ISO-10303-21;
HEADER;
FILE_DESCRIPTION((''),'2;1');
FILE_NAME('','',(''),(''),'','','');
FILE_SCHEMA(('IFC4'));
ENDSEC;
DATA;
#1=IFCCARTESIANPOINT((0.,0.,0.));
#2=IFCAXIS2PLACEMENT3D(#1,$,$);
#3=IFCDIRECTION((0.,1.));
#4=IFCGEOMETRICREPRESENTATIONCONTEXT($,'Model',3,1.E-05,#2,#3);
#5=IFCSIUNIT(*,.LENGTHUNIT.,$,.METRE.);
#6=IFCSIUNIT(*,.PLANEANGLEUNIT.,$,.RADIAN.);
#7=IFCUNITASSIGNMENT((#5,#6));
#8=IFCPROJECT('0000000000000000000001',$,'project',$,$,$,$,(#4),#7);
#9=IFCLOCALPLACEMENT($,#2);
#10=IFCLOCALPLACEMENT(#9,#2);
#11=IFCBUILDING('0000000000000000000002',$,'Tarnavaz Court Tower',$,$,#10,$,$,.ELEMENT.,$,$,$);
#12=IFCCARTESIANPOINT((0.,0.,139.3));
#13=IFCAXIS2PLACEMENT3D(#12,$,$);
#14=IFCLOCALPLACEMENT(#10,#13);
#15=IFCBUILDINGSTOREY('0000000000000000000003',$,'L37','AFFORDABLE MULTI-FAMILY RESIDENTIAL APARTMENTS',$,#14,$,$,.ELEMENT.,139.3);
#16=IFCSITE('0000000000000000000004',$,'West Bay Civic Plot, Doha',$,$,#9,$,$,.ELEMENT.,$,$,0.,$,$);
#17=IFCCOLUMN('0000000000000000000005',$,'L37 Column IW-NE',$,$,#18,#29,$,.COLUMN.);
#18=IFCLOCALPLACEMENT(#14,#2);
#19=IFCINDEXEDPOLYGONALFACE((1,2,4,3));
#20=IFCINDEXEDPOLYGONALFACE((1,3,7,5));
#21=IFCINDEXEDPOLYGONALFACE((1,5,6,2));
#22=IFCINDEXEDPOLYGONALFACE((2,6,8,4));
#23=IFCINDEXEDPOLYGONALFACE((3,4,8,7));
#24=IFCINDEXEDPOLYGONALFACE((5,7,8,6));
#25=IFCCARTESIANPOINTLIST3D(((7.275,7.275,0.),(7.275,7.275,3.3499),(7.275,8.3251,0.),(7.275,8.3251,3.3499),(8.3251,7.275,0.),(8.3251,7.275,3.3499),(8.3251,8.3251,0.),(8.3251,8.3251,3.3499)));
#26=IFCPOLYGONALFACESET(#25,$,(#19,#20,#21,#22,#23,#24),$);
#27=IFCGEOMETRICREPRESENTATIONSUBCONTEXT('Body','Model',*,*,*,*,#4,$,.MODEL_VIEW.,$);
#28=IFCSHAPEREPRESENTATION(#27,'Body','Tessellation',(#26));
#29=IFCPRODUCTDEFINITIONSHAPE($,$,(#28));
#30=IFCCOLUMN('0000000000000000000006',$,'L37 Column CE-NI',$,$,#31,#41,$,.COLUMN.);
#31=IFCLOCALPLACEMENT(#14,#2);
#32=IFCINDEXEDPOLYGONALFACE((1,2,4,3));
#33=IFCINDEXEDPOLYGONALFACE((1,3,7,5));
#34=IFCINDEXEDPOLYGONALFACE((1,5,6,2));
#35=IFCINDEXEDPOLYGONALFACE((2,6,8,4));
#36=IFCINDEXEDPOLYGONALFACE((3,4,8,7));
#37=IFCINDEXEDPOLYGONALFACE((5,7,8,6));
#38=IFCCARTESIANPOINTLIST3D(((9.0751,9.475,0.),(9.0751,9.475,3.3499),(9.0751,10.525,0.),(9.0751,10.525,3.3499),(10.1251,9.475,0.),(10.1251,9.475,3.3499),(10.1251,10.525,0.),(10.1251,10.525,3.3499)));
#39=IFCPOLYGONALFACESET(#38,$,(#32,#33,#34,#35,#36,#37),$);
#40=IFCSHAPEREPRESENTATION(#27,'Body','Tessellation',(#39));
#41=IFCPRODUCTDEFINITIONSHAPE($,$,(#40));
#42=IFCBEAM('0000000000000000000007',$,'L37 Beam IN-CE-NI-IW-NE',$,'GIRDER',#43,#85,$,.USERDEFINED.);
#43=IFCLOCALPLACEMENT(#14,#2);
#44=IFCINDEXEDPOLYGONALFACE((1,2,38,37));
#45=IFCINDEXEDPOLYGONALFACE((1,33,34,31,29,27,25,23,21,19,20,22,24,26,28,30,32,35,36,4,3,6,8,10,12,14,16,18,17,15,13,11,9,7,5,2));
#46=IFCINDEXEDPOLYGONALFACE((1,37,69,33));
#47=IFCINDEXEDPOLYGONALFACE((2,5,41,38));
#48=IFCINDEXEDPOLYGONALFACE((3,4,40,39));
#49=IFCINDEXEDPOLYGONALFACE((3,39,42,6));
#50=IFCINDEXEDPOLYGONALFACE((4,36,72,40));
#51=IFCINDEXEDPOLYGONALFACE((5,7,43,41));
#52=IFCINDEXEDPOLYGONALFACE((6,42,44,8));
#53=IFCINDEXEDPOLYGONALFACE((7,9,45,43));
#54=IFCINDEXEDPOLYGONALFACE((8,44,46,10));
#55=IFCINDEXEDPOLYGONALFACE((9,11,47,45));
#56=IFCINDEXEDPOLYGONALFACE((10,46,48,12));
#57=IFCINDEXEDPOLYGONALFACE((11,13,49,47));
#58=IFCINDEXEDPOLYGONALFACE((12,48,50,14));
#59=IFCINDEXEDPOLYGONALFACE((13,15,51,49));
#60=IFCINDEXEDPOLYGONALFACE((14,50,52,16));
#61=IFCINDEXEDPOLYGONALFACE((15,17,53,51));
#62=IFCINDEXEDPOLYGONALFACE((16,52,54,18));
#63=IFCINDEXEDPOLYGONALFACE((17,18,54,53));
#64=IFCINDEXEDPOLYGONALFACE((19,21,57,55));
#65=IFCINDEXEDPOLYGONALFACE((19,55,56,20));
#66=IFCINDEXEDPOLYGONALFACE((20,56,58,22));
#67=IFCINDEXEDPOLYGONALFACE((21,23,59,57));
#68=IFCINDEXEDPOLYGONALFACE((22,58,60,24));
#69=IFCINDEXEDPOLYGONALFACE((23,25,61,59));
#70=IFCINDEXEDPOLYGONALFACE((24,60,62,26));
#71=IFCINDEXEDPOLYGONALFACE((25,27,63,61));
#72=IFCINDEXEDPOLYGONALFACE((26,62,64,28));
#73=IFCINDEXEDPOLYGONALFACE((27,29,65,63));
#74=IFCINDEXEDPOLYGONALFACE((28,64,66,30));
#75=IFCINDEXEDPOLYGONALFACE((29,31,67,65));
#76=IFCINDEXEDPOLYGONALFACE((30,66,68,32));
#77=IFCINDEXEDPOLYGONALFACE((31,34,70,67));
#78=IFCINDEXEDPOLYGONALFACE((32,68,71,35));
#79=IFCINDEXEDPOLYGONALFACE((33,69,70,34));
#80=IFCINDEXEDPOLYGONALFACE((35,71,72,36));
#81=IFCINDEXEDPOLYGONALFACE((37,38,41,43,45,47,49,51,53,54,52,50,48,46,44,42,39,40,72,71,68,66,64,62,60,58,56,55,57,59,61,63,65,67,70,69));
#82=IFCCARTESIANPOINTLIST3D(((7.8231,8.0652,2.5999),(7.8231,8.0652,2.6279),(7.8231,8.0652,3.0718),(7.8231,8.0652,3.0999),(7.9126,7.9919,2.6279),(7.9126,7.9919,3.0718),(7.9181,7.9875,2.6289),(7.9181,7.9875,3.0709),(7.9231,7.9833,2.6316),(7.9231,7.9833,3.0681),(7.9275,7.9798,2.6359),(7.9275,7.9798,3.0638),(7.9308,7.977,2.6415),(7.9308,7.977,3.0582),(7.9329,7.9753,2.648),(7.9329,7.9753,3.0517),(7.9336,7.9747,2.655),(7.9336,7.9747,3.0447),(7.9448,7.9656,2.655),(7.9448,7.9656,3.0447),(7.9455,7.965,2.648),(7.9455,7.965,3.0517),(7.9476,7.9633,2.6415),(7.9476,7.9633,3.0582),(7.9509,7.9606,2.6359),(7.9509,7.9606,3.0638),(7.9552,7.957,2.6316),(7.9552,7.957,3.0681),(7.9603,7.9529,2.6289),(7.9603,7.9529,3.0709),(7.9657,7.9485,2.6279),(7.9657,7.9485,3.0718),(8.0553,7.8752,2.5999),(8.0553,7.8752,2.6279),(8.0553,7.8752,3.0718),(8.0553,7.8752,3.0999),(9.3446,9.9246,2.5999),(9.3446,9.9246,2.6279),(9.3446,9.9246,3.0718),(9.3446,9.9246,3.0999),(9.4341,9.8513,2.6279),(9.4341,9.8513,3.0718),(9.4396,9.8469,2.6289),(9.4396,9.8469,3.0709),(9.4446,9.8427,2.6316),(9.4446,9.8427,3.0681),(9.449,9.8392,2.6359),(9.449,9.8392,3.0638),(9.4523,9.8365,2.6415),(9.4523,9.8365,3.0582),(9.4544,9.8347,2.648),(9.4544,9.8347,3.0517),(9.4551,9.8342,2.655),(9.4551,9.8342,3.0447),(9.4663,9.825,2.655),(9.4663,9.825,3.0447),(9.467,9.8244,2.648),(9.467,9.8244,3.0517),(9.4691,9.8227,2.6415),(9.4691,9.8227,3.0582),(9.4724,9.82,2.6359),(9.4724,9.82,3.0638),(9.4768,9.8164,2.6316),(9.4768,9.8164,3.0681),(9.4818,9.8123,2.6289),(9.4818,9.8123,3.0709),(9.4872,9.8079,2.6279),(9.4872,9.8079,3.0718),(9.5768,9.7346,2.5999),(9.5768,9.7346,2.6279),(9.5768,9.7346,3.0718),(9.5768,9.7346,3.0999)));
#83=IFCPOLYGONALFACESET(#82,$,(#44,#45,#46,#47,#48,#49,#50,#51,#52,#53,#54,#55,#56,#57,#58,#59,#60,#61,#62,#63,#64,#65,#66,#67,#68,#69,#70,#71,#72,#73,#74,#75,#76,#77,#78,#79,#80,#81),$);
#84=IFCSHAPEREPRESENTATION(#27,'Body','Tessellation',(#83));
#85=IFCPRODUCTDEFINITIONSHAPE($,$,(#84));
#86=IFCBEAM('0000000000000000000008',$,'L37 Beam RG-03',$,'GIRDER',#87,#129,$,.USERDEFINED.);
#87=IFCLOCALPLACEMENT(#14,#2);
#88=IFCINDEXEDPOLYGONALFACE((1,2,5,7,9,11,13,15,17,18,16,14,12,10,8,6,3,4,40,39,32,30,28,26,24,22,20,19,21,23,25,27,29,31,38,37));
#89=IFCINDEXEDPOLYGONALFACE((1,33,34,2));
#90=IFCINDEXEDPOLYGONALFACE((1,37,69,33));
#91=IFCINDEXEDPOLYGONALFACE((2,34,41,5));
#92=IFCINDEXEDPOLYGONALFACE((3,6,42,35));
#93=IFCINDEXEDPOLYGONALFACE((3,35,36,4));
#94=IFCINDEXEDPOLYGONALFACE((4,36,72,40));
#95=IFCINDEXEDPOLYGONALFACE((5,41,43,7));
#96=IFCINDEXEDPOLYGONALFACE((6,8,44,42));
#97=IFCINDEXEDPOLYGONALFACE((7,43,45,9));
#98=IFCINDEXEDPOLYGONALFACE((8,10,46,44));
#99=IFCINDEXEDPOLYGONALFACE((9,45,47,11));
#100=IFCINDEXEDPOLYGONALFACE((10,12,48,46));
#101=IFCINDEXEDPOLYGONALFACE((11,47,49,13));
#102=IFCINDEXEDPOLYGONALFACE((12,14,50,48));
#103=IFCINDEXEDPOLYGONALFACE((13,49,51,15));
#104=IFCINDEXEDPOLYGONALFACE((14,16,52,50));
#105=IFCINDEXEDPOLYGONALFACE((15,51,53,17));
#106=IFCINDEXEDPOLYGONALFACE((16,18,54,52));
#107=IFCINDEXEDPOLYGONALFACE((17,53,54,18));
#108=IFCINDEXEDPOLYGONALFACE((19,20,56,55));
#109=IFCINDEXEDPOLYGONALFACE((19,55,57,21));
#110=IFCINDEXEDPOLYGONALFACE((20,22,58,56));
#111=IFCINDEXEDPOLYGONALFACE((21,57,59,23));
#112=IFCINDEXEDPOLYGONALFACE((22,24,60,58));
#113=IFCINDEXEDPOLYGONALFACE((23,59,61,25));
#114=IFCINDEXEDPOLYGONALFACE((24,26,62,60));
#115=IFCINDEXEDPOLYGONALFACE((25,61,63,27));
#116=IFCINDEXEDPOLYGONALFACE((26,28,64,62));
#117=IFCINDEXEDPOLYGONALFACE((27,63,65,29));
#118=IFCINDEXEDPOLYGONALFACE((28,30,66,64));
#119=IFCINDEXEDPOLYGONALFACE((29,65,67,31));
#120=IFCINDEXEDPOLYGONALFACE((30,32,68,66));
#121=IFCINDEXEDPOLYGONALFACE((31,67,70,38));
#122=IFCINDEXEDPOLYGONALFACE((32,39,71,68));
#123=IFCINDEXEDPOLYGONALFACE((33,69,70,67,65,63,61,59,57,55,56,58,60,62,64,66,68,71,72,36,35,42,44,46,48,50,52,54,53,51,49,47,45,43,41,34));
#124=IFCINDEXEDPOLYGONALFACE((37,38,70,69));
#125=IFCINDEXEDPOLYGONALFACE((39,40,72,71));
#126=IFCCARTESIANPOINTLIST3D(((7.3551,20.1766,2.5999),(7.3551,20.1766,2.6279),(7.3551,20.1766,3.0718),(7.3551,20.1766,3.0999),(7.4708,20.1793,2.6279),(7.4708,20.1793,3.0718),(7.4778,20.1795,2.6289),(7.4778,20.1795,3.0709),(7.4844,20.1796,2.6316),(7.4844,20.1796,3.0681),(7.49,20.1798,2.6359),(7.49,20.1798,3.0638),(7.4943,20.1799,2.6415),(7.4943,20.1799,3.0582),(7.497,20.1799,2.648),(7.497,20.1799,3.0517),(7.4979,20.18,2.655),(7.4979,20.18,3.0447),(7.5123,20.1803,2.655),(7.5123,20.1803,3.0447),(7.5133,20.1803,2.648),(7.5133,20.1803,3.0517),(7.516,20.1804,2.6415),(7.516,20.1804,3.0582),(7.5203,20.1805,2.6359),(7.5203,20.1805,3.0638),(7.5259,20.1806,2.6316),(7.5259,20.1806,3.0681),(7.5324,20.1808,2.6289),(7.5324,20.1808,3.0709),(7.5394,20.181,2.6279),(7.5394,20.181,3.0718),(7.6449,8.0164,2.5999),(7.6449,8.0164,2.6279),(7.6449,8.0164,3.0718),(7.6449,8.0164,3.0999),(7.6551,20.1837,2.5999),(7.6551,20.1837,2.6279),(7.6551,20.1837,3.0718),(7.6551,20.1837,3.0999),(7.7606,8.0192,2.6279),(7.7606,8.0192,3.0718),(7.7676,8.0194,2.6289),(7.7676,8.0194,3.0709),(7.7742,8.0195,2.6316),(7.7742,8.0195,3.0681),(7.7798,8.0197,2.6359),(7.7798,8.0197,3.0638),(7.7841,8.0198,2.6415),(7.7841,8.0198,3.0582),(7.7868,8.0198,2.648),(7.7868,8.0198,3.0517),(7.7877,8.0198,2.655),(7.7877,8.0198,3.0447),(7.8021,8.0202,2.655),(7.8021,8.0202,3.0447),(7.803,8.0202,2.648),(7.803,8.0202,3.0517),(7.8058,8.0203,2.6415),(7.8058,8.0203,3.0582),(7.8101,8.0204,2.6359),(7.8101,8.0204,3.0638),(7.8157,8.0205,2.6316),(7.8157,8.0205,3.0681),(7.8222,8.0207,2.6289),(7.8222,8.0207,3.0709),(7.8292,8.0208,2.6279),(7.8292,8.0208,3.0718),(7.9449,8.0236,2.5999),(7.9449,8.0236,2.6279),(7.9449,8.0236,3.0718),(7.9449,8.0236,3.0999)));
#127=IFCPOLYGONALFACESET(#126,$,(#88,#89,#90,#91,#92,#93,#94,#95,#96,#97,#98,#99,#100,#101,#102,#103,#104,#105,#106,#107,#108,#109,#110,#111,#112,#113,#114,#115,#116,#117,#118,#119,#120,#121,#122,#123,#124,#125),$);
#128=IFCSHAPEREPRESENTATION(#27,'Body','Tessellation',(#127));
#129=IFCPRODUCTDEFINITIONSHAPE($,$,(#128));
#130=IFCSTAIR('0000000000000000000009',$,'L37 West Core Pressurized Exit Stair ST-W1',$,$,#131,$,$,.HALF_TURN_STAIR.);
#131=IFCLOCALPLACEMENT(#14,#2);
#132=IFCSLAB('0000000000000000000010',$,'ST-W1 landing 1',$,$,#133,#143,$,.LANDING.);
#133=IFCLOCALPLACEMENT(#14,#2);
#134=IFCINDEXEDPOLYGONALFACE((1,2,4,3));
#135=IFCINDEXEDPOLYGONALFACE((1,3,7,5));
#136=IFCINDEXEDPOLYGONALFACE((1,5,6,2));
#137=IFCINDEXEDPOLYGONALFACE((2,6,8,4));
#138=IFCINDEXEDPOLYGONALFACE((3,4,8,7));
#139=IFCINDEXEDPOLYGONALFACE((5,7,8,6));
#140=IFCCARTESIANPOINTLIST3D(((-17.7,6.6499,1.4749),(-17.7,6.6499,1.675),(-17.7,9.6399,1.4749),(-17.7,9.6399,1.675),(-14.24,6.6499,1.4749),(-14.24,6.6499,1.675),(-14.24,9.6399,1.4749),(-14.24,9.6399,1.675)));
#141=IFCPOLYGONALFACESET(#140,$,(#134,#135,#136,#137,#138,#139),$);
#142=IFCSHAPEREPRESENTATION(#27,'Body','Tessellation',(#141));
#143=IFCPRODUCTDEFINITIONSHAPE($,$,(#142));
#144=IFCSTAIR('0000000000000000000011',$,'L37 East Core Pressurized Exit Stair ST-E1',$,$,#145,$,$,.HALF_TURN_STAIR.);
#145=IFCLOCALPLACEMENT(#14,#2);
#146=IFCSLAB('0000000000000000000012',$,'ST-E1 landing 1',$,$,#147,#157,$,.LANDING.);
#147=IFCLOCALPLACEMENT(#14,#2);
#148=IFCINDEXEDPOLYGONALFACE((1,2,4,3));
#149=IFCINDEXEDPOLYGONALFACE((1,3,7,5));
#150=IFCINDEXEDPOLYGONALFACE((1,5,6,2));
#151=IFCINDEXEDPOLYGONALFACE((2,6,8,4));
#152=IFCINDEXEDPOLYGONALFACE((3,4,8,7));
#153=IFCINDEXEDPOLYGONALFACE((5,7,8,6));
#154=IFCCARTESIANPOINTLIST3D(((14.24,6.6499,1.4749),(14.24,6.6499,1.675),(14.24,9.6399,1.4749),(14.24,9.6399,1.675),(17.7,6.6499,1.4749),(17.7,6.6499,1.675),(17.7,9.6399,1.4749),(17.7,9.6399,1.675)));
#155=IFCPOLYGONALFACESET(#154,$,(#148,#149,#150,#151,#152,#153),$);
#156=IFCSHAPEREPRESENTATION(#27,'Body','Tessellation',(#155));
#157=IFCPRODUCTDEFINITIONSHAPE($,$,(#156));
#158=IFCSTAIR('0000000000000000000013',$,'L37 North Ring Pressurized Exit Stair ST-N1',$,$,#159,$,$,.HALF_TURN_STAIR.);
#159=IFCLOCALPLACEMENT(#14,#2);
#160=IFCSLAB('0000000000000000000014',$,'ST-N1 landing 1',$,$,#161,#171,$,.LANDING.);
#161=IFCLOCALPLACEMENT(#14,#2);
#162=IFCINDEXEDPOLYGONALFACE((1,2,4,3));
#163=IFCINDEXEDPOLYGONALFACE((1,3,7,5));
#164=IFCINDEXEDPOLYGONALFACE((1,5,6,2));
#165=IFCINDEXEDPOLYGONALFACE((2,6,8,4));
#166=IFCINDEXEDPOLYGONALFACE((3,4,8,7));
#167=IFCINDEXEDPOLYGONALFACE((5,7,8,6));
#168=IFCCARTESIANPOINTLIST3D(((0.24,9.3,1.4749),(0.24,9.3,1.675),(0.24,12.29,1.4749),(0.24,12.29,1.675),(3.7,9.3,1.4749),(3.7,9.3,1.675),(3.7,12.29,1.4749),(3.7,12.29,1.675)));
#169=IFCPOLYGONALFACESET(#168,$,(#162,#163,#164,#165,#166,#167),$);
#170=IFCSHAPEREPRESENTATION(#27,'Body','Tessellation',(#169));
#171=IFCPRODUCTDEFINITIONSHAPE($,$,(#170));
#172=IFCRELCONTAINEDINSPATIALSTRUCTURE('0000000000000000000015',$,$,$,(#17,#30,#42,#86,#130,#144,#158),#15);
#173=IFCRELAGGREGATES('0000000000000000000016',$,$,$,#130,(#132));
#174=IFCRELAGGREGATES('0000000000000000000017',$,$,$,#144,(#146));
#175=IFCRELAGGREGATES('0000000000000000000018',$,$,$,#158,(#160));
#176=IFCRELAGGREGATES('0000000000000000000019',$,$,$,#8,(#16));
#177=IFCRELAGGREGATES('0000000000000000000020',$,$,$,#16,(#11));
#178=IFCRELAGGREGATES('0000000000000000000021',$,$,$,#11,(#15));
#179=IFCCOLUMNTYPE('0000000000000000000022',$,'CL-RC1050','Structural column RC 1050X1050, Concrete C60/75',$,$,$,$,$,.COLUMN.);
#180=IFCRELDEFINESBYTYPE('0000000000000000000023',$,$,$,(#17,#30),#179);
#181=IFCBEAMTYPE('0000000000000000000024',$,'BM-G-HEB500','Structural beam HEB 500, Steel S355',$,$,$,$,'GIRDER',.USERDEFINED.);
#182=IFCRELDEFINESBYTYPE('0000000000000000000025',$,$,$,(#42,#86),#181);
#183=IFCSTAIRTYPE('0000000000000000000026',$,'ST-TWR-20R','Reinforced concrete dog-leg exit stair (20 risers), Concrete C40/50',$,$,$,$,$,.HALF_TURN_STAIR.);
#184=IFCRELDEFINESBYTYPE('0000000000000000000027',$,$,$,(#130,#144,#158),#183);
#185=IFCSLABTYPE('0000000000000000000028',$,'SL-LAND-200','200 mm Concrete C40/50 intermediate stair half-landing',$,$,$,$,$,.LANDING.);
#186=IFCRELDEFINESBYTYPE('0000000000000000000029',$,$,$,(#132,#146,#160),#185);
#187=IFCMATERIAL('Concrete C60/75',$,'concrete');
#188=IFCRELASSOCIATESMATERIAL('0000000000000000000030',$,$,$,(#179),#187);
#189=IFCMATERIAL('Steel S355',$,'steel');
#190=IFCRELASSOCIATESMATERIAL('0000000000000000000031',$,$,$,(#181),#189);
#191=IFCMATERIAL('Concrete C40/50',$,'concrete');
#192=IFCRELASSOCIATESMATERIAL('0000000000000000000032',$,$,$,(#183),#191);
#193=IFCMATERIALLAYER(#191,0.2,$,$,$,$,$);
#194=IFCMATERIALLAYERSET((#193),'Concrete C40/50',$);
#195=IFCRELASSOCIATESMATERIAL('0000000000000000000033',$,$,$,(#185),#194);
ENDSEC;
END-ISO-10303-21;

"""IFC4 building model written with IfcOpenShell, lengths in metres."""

from ifc_helpers import new_model, si_unit, direction, frame, origin, origin_2d, place, context, subcontext, project, spatial, polyline, rectangle, i_section, outline, extrude, material, layer, layer_set, material_profile, profile_set, type_object, element, aggregate, save


model = new_model("IFC4")

# Units and contexts
model_context = context("Model", 3, precision=1e-05, world=origin(), true_north=direction((0.0, 1.0)))
body_context = subcontext(model_context, "Body", "Model", "MODEL_VIEW")
ifc_project = project(units=[si_unit("LENGTHUNIT", "METRE"), si_unit("PLANEANGLEUNIT", "RADIAN")], contexts=[model_context])

# Site, building, storey
site_placement = place(None, origin())
site = spatial("IfcSite", under=ifc_project, at=site_placement, Name="West Bay Civic Plot, Doha", CompositionType="ELEMENT", RefElevation=0.0)
building_placement = place(site_placement, origin())
building = spatial("IfcBuilding", under=site, at=building_placement, Name="Tarnavaz Court Tower", CompositionType="ELEMENT")
storey_placement = place(building_placement, frame((0.0, 0.0, 139.3)))
storey = spatial("IfcBuildingStorey", under=building, at=storey_placement, Name="L37", Description="AFFORDABLE MULTI-FAMILY RESIDENTIAL APARTMENTS", CompositionType="ELEMENT", Elevation=139.3)

# Columns
ifc_material_1 = material(Name="Concrete C60/75", Category="concrete")
ifc_material_profile_1 = material_profile(ifc_material_1, rectangle(XDim=1.05, YDim=1.05, at=origin_2d()), Name="RC 1050X1050")
ifc_profile_set_1 = profile_set([ifc_material_profile_1], Name="Concrete C60/75")
column_type = type_object("IfcColumnType", Name="CL-RC1050", Description="Structural column RC 1050X1050, Concrete C60/75", PredefinedType="COLUMN", material=ifc_profile_set_1)
for number, where, z_axis, x_axis, name in (
    (1, (7.8, 7.8, 0.0), (0.0, 0.0, 1.0), (1.0, 0.0, 0.0), "L37 Column IW-NE"),
    (2, (9.6001, 10.0, 0.0), (0.0, 0.0, 1.0), (1.0, 0.0, 0.0), "L37 Column CE-NI"),
):
    element("IfcColumn", number, at=place(storey_placement, frame(where, z_axis=z_axis, x_axis=x_axis)), inside=storey, type_object=column_type, Name=name, PredefinedType="COLUMN", context=body_context, shape_type="SweptSolid", body=[
        extrude(rectangle(XDim=1.05, YDim=1.05, at=origin_2d()), origin(), (0.0, 0.0, 1.0), 3.3499),
    ])

# Beams
ifc_material_2 = material(Name="Steel S355", Category="steel")
ifc_material_profile_2 = material_profile(ifc_material_2, i_section(OverallWidth=0.3, OverallDepth=0.5, WebThickness=0.0144, FlangeThickness=0.0281, FilletRadius=0.0271, at=origin_2d()), Name="HEB 500")
ifc_profile_set_2 = profile_set([ifc_material_profile_2], Name="Steel S355")
beam_type = type_object("IfcBeamType", Name="BM-G-HEB500", Description="Structural beam HEB 500, Steel S355", ElementType="GIRDER", PredefinedType="USERDEFINED", material=ifc_profile_set_2)
beam_1_placement = place(storey_placement, frame((9.4607, 9.8296, 2.8499), z_axis=(-0.633282, -0.773921, 0.0), x_axis=(0.773921, -0.633282, 0.0)))
element("IfcBeam", 3, at=beam_1_placement, inside=storey, type_object=beam_type, Name="L37 Beam IN-CE-NI-IW-NE", ObjectType="GIRDER", PredefinedType="USERDEFINED", context=body_context, shape_type="SweptSolid", body=[
    extrude(i_section(OverallWidth=0.3, OverallDepth=0.5, WebThickness=0.0144, FlangeThickness=0.0281, FilletRadius=0.0271, at=origin_2d()), origin(), (0.0, 0.0, 1.0), 2.4026),
])
beam_2_placement = place(storey_placement, frame((7.7949, 8.02, 2.8499), z_axis=(-0.023825, 0.999716, 0.0), x_axis=(-0.999716, -0.023825, 0.0)))
element("IfcBeam", 4, at=beam_2_placement, inside=storey, type_object=beam_type, Name="L37 Beam RG-03", ObjectType="GIRDER", PredefinedType="USERDEFINED", context=body_context, shape_type="SweptSolid", body=[
    extrude(i_section(OverallWidth=0.3, OverallDepth=0.5, WebThickness=0.0144, FlangeThickness=0.0281, FilletRadius=0.0271, at=origin_2d()), origin(), (0.0, 0.0, 1.0), 12.1636),
])

# Stairs, slabs
ifc_material_3 = material(Name="Concrete C40/50", Category="concrete")
stair_type = type_object("IfcStairType", Name="ST-TWR-20R", Description="Reinforced concrete dog-leg exit stair (20 risers), Concrete C40/50", PredefinedType="HALF_TURN_STAIR", material=ifc_material_3)
stair_1_placement = place(storey_placement, origin())
stair_1 = element("IfcStair", 5, at=stair_1_placement, inside=storey, type_object=stair_type, Name="L37 West Core Pressurized Exit Stair ST-W1", PredefinedType="HALF_TURN_STAIR")
ifc_layer_1 = layer(ifc_material_3, 0.2)
ifc_layer_set_1 = layer_set([ifc_layer_1], Name="Concrete C40/50")
slab_type_1 = type_object("IfcSlabType", Name="SL-LAND-200", Description="200 mm Concrete C40/50 intermediate stair half-landing", PredefinedType="LANDING", material=ifc_layer_set_1)
slab_1_placement = place(storey_placement, frame((0.0, 0.0, 1.4749)))
slab_1 = element("IfcSlab", 6, at=slab_1_placement, type_object=slab_type_1, Name="ST-W1 landing 1", PredefinedType="LANDING", context=body_context, shape_type="SweptSolid", body=[
    extrude(outline(polyline([(-14.24, 9.6399), (-17.7, 9.6399), (-17.7, 6.6499), (-14.24, 6.6499), (-14.24, 9.6399)])), origin(), (0.0, 0.0, 1.0), 0.2002),
])
aggregate(stair_1, [slab_1])
stair_2_placement = place(storey_placement, origin())
stair_2 = element("IfcStair", 7, at=stair_2_placement, inside=storey, type_object=stair_type, Name="L37 East Core Pressurized Exit Stair ST-E1", PredefinedType="HALF_TURN_STAIR")
slab_2_placement = place(storey_placement, frame((0.0, 0.0, 1.4749)))
slab_2 = element("IfcSlab", 8, at=slab_2_placement, type_object=slab_type_1, Name="ST-E1 landing 1", PredefinedType="LANDING", context=body_context, shape_type="SweptSolid", body=[
    extrude(outline(polyline([(14.24, 6.6499), (17.7, 6.6499), (17.7, 9.6399), (14.24, 9.6399), (14.24, 6.6499)])), origin(), (0.0, 0.0, 1.0), 0.2002),
])
aggregate(stair_2, [slab_2])
stair_3_placement = place(storey_placement, origin())
stair_3 = element("IfcStair", 9, at=stair_3_placement, inside=storey, type_object=stair_type, Name="L37 North Ring Pressurized Exit Stair ST-N1", PredefinedType="HALF_TURN_STAIR")
slab_3_placement = place(storey_placement, frame((0.0, 0.0, 1.4749)))
slab_3 = element("IfcSlab", 10, at=slab_3_placement, type_object=slab_type_1, Name="ST-N1 landing 1", PredefinedType="LANDING", context=body_context, shape_type="SweptSolid", body=[
    extrude(outline(polyline([(0.24, 9.3), (3.7, 9.3), (3.7, 12.29), (0.24, 12.29), (0.24, 9.3)])), origin(), (0.0, 0.0, 1.0), 0.2002),
])

aggregate(stair_3, [slab_3])

save(model, "model.ifc")
